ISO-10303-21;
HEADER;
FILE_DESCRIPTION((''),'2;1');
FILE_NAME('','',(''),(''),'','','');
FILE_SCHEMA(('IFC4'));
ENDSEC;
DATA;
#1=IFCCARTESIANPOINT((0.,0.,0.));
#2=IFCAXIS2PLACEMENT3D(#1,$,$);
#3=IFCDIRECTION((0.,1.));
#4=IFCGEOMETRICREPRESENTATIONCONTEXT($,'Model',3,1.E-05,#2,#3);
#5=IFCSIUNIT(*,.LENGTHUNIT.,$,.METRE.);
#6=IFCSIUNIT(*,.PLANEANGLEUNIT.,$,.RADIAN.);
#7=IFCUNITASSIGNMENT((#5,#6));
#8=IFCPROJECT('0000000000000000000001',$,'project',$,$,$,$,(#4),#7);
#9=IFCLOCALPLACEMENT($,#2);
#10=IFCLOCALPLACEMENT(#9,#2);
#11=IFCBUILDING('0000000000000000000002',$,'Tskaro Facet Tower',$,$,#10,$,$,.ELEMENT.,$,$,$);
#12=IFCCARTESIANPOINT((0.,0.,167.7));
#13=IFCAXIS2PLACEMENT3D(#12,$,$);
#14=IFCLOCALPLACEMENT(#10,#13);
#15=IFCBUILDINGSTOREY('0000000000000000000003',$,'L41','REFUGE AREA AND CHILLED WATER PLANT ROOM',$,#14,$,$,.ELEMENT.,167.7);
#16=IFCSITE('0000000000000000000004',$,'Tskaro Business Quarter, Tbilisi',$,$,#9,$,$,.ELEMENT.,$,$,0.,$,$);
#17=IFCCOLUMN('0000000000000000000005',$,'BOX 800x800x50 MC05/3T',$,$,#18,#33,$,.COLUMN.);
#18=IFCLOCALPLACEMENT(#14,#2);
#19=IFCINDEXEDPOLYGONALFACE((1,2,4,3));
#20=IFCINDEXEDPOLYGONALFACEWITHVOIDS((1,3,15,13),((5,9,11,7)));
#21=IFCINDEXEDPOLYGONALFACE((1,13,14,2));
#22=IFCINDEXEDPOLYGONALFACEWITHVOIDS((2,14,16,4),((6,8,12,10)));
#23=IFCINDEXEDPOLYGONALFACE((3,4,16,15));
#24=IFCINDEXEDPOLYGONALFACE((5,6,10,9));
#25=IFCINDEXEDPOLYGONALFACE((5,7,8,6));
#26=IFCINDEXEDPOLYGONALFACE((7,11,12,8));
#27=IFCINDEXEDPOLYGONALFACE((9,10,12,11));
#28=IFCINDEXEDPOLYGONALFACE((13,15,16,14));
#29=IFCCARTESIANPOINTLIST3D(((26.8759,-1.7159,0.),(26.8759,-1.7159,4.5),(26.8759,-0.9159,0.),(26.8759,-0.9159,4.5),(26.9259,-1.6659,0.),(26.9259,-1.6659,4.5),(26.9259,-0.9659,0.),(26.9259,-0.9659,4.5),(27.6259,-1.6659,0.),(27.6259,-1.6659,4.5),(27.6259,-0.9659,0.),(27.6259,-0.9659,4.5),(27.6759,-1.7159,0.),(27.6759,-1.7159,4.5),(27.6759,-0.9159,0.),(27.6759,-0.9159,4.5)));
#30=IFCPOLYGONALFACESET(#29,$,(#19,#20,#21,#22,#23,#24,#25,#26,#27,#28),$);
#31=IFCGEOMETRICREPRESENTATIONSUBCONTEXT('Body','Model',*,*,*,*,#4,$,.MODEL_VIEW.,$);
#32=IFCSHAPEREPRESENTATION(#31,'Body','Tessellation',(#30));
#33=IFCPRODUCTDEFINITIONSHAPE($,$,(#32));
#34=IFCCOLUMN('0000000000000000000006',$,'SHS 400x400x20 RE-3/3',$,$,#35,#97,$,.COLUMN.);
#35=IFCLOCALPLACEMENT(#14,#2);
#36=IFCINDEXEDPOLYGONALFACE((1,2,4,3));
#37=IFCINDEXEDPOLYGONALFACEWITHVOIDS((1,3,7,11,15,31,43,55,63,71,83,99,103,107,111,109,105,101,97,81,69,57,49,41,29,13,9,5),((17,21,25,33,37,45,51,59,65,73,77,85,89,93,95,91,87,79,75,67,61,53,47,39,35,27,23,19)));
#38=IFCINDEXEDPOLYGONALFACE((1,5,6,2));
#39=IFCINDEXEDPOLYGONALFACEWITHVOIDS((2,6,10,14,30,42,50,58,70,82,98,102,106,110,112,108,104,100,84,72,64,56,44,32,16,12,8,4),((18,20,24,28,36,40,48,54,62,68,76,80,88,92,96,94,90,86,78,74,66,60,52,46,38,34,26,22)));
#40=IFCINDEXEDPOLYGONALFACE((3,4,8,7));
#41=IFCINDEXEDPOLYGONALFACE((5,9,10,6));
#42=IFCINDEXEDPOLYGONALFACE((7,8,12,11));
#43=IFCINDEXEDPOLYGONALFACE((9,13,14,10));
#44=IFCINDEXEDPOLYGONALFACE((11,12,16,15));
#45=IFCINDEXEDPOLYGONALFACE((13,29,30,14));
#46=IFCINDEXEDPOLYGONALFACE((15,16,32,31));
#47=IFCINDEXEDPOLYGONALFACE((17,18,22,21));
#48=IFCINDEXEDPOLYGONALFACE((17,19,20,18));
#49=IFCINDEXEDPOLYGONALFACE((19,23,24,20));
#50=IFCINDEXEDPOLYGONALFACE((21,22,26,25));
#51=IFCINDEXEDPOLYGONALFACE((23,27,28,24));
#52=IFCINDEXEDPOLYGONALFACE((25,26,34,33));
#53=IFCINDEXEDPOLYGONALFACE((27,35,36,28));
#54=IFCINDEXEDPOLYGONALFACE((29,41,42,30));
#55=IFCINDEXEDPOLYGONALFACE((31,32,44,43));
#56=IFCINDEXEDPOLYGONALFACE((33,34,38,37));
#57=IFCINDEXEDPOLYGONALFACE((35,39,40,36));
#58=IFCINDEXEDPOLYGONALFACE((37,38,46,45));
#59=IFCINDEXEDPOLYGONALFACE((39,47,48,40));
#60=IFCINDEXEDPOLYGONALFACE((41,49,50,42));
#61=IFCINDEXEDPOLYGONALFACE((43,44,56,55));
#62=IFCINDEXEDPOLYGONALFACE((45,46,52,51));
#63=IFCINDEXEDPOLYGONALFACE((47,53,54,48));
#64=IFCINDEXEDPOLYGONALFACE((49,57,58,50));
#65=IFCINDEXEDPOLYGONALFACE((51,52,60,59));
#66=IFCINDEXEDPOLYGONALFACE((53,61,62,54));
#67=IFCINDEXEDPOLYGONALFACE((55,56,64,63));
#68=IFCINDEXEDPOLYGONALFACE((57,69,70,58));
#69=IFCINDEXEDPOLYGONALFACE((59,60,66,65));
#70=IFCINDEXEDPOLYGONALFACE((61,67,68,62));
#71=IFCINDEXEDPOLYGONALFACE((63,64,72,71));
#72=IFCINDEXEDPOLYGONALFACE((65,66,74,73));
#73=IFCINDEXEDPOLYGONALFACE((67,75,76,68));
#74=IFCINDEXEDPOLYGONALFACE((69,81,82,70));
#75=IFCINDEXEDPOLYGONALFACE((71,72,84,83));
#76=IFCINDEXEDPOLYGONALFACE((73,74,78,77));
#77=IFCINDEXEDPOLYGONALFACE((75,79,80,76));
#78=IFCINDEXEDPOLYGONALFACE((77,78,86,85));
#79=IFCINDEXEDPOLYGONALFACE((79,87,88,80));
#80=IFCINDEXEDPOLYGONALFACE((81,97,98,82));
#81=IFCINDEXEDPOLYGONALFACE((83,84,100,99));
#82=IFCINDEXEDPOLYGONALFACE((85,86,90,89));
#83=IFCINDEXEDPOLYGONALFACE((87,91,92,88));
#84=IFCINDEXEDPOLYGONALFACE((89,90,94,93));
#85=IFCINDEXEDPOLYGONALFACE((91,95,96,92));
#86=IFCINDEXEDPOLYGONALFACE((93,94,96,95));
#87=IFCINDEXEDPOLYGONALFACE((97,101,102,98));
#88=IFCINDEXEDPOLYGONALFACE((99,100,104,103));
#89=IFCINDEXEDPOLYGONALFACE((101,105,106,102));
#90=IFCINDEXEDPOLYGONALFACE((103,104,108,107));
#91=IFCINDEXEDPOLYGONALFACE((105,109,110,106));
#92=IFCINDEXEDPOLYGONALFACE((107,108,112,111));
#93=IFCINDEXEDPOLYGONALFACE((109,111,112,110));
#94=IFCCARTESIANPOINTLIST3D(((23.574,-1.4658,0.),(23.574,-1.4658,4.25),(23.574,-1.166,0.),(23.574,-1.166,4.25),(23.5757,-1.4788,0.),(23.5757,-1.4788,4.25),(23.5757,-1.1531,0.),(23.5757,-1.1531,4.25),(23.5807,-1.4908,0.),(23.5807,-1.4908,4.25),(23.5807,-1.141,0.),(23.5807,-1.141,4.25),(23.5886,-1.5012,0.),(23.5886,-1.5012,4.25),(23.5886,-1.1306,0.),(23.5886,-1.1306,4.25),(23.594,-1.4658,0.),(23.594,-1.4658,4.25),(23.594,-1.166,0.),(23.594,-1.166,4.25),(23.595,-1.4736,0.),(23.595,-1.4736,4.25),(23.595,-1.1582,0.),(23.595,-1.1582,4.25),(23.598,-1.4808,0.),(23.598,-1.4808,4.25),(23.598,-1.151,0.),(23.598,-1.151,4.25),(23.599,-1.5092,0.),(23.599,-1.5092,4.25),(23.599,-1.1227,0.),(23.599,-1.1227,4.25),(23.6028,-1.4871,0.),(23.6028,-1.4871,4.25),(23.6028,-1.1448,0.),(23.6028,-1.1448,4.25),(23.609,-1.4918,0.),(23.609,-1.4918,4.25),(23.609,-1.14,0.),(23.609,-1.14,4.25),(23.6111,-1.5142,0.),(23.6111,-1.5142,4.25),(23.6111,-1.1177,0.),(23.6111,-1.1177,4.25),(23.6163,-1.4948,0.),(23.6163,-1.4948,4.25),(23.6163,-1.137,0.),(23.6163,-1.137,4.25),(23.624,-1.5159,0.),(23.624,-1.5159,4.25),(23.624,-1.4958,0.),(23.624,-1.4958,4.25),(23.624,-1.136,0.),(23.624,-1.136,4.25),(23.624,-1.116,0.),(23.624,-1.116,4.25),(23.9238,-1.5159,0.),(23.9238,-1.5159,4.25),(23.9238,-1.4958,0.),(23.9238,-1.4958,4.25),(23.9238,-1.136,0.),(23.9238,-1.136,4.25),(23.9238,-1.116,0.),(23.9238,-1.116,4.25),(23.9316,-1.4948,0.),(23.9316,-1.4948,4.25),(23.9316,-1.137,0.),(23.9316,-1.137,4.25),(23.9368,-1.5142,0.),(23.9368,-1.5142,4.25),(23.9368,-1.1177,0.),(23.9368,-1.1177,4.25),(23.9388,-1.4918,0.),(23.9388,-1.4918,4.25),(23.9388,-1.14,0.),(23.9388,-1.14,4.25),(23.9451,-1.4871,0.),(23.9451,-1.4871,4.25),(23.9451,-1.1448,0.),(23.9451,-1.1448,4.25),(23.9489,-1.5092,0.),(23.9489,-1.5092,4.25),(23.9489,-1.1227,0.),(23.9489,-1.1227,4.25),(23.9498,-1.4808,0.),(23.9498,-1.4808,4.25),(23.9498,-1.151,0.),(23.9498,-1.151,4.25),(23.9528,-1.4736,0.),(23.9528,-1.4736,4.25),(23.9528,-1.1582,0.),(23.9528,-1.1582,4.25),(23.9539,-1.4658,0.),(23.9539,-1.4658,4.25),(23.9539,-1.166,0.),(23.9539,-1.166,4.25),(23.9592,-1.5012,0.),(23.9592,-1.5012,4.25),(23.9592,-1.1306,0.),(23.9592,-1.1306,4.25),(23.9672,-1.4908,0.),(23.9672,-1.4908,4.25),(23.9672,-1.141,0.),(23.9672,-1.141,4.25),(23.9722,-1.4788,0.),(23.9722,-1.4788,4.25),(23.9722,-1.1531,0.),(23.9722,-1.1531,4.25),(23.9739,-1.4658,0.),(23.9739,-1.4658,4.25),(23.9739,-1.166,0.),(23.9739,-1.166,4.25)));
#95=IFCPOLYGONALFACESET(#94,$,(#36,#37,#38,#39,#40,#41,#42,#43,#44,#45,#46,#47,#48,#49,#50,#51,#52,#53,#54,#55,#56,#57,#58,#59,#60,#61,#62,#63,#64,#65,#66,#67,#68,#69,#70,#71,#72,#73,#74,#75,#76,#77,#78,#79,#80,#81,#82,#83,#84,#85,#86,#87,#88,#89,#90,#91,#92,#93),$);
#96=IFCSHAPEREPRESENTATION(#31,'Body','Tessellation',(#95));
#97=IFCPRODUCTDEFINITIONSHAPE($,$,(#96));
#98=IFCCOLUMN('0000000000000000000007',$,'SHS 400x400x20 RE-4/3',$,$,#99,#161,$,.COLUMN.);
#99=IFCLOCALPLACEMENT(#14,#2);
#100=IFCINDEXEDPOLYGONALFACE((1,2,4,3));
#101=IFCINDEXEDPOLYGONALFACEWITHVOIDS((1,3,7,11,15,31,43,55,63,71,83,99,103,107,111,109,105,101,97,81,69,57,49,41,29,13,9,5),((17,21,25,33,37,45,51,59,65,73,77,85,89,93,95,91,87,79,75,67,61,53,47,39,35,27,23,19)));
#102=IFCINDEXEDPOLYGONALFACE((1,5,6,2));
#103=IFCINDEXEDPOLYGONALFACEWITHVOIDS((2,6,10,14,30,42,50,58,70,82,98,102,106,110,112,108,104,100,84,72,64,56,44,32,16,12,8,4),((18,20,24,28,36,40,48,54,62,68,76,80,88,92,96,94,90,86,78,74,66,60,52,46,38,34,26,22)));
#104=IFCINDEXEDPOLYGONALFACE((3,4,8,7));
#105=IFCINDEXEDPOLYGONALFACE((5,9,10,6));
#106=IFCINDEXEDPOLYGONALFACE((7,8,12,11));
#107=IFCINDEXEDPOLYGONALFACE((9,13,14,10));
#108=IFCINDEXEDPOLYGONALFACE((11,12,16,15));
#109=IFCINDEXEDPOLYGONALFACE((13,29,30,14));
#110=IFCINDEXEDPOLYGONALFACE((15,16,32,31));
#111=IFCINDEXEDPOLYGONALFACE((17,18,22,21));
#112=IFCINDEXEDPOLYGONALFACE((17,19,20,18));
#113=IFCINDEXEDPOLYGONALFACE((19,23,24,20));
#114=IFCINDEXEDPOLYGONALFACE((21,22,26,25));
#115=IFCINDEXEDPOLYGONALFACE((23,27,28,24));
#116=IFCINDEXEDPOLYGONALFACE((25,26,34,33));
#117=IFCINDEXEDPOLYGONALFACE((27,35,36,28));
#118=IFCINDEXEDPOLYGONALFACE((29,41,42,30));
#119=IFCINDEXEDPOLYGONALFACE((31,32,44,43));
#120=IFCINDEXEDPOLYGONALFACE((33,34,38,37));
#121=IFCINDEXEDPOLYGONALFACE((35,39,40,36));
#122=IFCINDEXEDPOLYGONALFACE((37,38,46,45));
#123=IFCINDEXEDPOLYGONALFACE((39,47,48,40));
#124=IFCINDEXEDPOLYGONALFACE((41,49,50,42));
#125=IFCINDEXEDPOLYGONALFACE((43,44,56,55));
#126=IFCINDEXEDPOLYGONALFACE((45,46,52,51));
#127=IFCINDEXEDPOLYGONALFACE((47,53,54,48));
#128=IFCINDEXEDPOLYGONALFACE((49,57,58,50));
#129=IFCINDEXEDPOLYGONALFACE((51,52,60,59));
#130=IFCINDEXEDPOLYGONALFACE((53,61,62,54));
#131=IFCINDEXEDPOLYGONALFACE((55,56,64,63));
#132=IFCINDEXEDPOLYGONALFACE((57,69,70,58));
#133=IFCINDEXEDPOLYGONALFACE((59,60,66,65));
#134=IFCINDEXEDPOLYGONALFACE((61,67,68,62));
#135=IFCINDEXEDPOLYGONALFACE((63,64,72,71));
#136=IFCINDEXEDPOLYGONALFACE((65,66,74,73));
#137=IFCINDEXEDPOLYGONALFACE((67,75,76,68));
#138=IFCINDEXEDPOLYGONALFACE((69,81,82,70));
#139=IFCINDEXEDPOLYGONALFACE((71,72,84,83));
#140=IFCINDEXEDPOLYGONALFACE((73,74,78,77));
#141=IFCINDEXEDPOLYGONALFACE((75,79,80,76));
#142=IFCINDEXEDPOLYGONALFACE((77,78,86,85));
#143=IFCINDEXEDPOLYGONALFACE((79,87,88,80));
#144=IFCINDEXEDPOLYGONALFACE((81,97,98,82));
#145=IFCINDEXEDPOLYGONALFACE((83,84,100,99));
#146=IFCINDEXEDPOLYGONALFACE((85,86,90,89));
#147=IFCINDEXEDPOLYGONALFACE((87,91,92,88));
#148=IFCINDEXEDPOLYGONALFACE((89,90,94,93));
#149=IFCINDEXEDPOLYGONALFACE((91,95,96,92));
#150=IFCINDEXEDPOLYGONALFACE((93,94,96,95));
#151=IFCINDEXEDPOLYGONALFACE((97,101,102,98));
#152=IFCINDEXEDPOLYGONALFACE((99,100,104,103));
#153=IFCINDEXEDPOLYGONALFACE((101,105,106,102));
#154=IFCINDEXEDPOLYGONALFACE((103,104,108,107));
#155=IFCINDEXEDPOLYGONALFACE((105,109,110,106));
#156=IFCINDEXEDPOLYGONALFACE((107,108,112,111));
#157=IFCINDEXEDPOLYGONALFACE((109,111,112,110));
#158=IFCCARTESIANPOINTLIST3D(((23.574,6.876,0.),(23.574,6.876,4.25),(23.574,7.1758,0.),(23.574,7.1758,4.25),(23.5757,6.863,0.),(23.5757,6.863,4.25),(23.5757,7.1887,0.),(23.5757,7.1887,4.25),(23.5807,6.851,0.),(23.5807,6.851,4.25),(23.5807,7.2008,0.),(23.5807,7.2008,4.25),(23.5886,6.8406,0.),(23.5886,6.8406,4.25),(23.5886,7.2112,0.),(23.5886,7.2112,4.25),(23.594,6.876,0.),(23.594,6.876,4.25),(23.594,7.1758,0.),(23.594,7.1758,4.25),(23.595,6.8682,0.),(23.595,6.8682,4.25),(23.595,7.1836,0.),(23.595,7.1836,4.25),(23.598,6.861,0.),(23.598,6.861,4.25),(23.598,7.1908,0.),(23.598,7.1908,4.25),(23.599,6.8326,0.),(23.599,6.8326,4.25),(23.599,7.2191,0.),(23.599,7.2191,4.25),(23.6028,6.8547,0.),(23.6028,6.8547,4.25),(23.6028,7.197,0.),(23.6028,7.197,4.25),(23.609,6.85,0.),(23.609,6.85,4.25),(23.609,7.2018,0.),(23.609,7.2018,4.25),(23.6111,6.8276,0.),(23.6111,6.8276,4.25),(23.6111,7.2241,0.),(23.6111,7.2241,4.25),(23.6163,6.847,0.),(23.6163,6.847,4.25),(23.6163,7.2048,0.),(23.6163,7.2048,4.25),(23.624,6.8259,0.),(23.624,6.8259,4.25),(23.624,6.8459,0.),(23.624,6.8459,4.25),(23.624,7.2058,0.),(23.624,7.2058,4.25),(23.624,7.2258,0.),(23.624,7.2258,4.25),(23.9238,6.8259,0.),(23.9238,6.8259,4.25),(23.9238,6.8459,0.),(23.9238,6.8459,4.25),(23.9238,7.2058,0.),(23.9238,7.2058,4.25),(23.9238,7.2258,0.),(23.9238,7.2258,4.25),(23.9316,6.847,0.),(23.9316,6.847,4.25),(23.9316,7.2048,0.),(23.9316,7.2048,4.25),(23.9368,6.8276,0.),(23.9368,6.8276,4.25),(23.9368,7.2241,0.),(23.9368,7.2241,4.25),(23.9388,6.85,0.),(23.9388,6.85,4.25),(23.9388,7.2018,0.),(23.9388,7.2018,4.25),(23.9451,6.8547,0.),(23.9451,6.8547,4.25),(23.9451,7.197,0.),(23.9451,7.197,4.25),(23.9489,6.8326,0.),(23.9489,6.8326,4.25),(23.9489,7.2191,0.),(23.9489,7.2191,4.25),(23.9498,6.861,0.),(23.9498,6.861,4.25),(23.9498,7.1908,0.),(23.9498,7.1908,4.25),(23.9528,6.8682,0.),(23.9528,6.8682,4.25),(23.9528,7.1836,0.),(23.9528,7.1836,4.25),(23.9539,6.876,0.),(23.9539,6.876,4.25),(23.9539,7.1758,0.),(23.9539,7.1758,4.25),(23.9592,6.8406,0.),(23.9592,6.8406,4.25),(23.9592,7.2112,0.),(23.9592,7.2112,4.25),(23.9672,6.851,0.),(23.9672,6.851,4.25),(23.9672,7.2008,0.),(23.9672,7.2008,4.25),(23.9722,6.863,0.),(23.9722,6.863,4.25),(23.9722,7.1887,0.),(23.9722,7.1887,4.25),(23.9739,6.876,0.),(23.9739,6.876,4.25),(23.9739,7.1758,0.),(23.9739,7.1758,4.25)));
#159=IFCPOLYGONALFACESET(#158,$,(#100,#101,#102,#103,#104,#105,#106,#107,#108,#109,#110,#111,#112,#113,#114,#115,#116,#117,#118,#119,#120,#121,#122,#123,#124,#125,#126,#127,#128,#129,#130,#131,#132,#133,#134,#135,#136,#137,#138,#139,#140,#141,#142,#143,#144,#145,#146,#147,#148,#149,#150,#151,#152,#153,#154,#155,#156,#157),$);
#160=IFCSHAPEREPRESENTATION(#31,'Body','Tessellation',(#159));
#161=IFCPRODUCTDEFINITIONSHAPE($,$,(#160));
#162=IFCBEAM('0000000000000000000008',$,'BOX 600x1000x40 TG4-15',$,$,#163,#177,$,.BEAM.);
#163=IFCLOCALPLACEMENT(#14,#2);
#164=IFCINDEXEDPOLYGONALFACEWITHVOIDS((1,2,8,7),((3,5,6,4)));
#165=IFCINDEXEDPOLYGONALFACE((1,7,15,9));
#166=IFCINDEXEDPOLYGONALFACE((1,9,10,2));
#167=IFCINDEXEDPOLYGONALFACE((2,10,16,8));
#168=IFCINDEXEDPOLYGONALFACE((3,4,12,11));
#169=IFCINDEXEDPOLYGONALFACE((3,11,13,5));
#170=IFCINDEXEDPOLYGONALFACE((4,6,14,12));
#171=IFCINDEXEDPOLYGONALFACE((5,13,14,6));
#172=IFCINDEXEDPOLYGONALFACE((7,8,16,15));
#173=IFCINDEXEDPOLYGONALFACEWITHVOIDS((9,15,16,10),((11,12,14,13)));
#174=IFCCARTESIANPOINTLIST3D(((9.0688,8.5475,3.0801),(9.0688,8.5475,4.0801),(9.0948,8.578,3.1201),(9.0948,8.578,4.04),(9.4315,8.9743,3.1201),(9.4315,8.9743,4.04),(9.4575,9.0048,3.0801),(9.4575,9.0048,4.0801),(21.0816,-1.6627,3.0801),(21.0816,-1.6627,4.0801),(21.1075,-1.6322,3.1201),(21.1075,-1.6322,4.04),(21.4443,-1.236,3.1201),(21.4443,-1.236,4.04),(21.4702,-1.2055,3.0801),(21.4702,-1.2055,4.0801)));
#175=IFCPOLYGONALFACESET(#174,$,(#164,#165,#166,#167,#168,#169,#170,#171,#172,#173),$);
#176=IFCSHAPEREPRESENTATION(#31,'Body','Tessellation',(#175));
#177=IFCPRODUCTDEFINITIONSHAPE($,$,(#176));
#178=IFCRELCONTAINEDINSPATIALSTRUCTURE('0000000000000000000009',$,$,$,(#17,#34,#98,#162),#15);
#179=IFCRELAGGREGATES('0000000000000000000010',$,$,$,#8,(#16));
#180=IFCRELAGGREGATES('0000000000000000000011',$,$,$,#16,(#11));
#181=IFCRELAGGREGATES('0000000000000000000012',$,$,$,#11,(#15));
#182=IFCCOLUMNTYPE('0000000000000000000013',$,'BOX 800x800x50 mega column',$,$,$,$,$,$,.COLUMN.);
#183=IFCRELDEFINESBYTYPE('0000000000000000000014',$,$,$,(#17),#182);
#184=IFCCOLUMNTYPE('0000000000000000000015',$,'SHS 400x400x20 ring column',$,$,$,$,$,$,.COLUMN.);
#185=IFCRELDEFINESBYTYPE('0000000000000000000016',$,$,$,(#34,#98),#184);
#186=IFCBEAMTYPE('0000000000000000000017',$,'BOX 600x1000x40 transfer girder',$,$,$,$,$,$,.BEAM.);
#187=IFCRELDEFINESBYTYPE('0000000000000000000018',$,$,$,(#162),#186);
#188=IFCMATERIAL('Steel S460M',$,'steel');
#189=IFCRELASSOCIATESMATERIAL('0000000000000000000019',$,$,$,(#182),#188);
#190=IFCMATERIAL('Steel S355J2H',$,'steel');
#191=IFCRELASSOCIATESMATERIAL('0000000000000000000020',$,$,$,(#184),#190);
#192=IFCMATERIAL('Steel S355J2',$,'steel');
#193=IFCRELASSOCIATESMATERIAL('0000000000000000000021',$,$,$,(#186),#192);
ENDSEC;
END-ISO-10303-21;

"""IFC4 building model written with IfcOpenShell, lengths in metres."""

from ifc_helpers import new_model, si_unit, direction, frame, origin, origin_2d, place, context, subcontext, project, spatial, hollow_rectangle, extrude, material, material_profile, profile_set, type_object, element, save


model = new_model("IFC4")

# Units and contexts
model_context = context("Model", 3, precision=1e-05, world=origin(), true_north=direction((0.0, 1.0)))
body_context = subcontext(model_context, "Body", "Model", "MODEL_VIEW")
ifc_project = project(units=[si_unit("LENGTHUNIT", "METRE"), si_unit("PLANEANGLEUNIT", "RADIAN")], contexts=[model_context])

# Site, building, storey
site_placement = place(None, origin())
site = spatial("IfcSite", under=ifc_project, at=site_placement, Name="Tskaro Business Quarter, Tbilisi", CompositionType="ELEMENT", RefElevation=0.0)
building_placement = place(site_placement, origin())
building = spatial("IfcBuilding", under=site, at=building_placement, Name="Tskaro Facet Tower", CompositionType="ELEMENT")
storey_placement = place(building_placement, frame((0.0, 0.0, 167.7)))
storey = spatial("IfcBuildingStorey", under=building, at=storey_placement, Name="L41", Description="REFUGE AREA AND CHILLED WATER PLANT ROOM", CompositionType="ELEMENT", Elevation=167.7)

# Columns
ifc_material_1 = material(Name="Steel S460M", Category="steel")
ifc_material_profile_1 = material_profile(ifc_material_1, hollow_rectangle(XDim=0.8, YDim=0.8, WallThickness=0.05, at=origin_2d()), Name="BOX 800x800x50")
ifc_profile_set_1 = profile_set([ifc_material_profile_1], Name="Steel S460M")
column_type_1 = type_object("IfcColumnType", Name="BOX 800x800x50 mega column", PredefinedType="COLUMN", material=ifc_profile_set_1)
column_placement = place(storey_placement, frame((27.2759, -1.3159, 0.0), z_axis=(0.0, 0.0, 1.0), x_axis=(1.0, 0.0, 0.0)))
element("IfcColumn", 1, at=column_placement, inside=storey, type_object=column_type_1, Name="BOX 800x800x50 MC05/3T", PredefinedType="COLUMN", context=body_context, shape_type="SweptSolid", body=[
    extrude(hollow_rectangle(XDim=0.8, YDim=0.8, WallThickness=0.05, at=origin_2d()), origin(), (0.0, 0.0, 1.0), 4.5),
])
ifc_material_2 = material(Name="Steel S355J2H", Category="steel")
ifc_material_profile_2 = material_profile(ifc_material_2, hollow_rectangle(XDim=0.3999, YDim=0.3999, WallThickness=0.02, InnerFilletRadius=0.03, OuterFilletRadius=0.05, at=origin_2d()), Name="SHS 400x400x20")
ifc_profile_set_2 = profile_set([ifc_material_profile_2], Name="Steel S355J2H")
column_type_2 = type_object("IfcColumnType", Name="SHS 400x400x20 ring column", PredefinedType="COLUMN", material=ifc_profile_set_2)
for number, where, z_axis, x_axis, name in (
    (2, (23.7739, -1.3159, 0.0), (0.0, 0.0, 1.0), (1.0, 0.0, 0.0), "SHS 400x400x20 RE-3/3"),
    (3, (23.7739, 7.0259, 0.0), (0.0, 0.0, 1.0), (1.0, 0.0, 0.0), "SHS 400x400x20 RE-4/3"),
):
    element("IfcColumn", number, at=place(storey_placement, frame(where, z_axis=z_axis, x_axis=x_axis)), inside=storey, type_object=column_type_2, Name=name, PredefinedType="COLUMN", context=body_context, shape_type="SweptSolid", body=[
        extrude(hollow_rectangle(XDim=0.3999, YDim=0.3999, WallThickness=0.02, InnerFilletRadius=0.03, OuterFilletRadius=0.05, at=origin_2d()), origin(), (0.0, 0.0, 1.0), 4.25),
    ])

# Beam
ifc_material_3 = material(Name="Steel S355J2", Category="steel")
ifc_material_profile_3 = material_profile(ifc_material_3, hollow_rectangle(XDim=0.6001, YDim=1.0, WallThickness=0.04, at=origin_2d()), Name="BOX 600x1000x40")
ifc_profile_set_3 = profile_set([ifc_material_profile_3], Name="Steel S355J2")
beam_type_1 = type_object("IfcBeamType", Name="BOX 600x1000x40 transfer girder", PredefinedType="BEAM", material=ifc_profile_set_3)
beam_1_placement = place(storey_placement, frame((21.2759, -1.4341, 3.5801), z_axis=(-0.761958, 0.647627, 0.0), x_axis=(-0.647627, -0.761958, 0.0)))
element("IfcBeam", 4, at=beam_1_placement, inside=storey, type_object=beam_type_1, Name="BOX 600x1000x40 TG4-15", PredefinedType="BEAM", context=body_context, shape_type="SweptSolid", body=[
    extrude(hollow_rectangle(XDim=0.6001, YDim=1.0, WallThickness=0.04, at=origin_2d()), origin(), (0.0, 0.0, 1.0), 15.7656),
])

save(model, "model.ifc")
